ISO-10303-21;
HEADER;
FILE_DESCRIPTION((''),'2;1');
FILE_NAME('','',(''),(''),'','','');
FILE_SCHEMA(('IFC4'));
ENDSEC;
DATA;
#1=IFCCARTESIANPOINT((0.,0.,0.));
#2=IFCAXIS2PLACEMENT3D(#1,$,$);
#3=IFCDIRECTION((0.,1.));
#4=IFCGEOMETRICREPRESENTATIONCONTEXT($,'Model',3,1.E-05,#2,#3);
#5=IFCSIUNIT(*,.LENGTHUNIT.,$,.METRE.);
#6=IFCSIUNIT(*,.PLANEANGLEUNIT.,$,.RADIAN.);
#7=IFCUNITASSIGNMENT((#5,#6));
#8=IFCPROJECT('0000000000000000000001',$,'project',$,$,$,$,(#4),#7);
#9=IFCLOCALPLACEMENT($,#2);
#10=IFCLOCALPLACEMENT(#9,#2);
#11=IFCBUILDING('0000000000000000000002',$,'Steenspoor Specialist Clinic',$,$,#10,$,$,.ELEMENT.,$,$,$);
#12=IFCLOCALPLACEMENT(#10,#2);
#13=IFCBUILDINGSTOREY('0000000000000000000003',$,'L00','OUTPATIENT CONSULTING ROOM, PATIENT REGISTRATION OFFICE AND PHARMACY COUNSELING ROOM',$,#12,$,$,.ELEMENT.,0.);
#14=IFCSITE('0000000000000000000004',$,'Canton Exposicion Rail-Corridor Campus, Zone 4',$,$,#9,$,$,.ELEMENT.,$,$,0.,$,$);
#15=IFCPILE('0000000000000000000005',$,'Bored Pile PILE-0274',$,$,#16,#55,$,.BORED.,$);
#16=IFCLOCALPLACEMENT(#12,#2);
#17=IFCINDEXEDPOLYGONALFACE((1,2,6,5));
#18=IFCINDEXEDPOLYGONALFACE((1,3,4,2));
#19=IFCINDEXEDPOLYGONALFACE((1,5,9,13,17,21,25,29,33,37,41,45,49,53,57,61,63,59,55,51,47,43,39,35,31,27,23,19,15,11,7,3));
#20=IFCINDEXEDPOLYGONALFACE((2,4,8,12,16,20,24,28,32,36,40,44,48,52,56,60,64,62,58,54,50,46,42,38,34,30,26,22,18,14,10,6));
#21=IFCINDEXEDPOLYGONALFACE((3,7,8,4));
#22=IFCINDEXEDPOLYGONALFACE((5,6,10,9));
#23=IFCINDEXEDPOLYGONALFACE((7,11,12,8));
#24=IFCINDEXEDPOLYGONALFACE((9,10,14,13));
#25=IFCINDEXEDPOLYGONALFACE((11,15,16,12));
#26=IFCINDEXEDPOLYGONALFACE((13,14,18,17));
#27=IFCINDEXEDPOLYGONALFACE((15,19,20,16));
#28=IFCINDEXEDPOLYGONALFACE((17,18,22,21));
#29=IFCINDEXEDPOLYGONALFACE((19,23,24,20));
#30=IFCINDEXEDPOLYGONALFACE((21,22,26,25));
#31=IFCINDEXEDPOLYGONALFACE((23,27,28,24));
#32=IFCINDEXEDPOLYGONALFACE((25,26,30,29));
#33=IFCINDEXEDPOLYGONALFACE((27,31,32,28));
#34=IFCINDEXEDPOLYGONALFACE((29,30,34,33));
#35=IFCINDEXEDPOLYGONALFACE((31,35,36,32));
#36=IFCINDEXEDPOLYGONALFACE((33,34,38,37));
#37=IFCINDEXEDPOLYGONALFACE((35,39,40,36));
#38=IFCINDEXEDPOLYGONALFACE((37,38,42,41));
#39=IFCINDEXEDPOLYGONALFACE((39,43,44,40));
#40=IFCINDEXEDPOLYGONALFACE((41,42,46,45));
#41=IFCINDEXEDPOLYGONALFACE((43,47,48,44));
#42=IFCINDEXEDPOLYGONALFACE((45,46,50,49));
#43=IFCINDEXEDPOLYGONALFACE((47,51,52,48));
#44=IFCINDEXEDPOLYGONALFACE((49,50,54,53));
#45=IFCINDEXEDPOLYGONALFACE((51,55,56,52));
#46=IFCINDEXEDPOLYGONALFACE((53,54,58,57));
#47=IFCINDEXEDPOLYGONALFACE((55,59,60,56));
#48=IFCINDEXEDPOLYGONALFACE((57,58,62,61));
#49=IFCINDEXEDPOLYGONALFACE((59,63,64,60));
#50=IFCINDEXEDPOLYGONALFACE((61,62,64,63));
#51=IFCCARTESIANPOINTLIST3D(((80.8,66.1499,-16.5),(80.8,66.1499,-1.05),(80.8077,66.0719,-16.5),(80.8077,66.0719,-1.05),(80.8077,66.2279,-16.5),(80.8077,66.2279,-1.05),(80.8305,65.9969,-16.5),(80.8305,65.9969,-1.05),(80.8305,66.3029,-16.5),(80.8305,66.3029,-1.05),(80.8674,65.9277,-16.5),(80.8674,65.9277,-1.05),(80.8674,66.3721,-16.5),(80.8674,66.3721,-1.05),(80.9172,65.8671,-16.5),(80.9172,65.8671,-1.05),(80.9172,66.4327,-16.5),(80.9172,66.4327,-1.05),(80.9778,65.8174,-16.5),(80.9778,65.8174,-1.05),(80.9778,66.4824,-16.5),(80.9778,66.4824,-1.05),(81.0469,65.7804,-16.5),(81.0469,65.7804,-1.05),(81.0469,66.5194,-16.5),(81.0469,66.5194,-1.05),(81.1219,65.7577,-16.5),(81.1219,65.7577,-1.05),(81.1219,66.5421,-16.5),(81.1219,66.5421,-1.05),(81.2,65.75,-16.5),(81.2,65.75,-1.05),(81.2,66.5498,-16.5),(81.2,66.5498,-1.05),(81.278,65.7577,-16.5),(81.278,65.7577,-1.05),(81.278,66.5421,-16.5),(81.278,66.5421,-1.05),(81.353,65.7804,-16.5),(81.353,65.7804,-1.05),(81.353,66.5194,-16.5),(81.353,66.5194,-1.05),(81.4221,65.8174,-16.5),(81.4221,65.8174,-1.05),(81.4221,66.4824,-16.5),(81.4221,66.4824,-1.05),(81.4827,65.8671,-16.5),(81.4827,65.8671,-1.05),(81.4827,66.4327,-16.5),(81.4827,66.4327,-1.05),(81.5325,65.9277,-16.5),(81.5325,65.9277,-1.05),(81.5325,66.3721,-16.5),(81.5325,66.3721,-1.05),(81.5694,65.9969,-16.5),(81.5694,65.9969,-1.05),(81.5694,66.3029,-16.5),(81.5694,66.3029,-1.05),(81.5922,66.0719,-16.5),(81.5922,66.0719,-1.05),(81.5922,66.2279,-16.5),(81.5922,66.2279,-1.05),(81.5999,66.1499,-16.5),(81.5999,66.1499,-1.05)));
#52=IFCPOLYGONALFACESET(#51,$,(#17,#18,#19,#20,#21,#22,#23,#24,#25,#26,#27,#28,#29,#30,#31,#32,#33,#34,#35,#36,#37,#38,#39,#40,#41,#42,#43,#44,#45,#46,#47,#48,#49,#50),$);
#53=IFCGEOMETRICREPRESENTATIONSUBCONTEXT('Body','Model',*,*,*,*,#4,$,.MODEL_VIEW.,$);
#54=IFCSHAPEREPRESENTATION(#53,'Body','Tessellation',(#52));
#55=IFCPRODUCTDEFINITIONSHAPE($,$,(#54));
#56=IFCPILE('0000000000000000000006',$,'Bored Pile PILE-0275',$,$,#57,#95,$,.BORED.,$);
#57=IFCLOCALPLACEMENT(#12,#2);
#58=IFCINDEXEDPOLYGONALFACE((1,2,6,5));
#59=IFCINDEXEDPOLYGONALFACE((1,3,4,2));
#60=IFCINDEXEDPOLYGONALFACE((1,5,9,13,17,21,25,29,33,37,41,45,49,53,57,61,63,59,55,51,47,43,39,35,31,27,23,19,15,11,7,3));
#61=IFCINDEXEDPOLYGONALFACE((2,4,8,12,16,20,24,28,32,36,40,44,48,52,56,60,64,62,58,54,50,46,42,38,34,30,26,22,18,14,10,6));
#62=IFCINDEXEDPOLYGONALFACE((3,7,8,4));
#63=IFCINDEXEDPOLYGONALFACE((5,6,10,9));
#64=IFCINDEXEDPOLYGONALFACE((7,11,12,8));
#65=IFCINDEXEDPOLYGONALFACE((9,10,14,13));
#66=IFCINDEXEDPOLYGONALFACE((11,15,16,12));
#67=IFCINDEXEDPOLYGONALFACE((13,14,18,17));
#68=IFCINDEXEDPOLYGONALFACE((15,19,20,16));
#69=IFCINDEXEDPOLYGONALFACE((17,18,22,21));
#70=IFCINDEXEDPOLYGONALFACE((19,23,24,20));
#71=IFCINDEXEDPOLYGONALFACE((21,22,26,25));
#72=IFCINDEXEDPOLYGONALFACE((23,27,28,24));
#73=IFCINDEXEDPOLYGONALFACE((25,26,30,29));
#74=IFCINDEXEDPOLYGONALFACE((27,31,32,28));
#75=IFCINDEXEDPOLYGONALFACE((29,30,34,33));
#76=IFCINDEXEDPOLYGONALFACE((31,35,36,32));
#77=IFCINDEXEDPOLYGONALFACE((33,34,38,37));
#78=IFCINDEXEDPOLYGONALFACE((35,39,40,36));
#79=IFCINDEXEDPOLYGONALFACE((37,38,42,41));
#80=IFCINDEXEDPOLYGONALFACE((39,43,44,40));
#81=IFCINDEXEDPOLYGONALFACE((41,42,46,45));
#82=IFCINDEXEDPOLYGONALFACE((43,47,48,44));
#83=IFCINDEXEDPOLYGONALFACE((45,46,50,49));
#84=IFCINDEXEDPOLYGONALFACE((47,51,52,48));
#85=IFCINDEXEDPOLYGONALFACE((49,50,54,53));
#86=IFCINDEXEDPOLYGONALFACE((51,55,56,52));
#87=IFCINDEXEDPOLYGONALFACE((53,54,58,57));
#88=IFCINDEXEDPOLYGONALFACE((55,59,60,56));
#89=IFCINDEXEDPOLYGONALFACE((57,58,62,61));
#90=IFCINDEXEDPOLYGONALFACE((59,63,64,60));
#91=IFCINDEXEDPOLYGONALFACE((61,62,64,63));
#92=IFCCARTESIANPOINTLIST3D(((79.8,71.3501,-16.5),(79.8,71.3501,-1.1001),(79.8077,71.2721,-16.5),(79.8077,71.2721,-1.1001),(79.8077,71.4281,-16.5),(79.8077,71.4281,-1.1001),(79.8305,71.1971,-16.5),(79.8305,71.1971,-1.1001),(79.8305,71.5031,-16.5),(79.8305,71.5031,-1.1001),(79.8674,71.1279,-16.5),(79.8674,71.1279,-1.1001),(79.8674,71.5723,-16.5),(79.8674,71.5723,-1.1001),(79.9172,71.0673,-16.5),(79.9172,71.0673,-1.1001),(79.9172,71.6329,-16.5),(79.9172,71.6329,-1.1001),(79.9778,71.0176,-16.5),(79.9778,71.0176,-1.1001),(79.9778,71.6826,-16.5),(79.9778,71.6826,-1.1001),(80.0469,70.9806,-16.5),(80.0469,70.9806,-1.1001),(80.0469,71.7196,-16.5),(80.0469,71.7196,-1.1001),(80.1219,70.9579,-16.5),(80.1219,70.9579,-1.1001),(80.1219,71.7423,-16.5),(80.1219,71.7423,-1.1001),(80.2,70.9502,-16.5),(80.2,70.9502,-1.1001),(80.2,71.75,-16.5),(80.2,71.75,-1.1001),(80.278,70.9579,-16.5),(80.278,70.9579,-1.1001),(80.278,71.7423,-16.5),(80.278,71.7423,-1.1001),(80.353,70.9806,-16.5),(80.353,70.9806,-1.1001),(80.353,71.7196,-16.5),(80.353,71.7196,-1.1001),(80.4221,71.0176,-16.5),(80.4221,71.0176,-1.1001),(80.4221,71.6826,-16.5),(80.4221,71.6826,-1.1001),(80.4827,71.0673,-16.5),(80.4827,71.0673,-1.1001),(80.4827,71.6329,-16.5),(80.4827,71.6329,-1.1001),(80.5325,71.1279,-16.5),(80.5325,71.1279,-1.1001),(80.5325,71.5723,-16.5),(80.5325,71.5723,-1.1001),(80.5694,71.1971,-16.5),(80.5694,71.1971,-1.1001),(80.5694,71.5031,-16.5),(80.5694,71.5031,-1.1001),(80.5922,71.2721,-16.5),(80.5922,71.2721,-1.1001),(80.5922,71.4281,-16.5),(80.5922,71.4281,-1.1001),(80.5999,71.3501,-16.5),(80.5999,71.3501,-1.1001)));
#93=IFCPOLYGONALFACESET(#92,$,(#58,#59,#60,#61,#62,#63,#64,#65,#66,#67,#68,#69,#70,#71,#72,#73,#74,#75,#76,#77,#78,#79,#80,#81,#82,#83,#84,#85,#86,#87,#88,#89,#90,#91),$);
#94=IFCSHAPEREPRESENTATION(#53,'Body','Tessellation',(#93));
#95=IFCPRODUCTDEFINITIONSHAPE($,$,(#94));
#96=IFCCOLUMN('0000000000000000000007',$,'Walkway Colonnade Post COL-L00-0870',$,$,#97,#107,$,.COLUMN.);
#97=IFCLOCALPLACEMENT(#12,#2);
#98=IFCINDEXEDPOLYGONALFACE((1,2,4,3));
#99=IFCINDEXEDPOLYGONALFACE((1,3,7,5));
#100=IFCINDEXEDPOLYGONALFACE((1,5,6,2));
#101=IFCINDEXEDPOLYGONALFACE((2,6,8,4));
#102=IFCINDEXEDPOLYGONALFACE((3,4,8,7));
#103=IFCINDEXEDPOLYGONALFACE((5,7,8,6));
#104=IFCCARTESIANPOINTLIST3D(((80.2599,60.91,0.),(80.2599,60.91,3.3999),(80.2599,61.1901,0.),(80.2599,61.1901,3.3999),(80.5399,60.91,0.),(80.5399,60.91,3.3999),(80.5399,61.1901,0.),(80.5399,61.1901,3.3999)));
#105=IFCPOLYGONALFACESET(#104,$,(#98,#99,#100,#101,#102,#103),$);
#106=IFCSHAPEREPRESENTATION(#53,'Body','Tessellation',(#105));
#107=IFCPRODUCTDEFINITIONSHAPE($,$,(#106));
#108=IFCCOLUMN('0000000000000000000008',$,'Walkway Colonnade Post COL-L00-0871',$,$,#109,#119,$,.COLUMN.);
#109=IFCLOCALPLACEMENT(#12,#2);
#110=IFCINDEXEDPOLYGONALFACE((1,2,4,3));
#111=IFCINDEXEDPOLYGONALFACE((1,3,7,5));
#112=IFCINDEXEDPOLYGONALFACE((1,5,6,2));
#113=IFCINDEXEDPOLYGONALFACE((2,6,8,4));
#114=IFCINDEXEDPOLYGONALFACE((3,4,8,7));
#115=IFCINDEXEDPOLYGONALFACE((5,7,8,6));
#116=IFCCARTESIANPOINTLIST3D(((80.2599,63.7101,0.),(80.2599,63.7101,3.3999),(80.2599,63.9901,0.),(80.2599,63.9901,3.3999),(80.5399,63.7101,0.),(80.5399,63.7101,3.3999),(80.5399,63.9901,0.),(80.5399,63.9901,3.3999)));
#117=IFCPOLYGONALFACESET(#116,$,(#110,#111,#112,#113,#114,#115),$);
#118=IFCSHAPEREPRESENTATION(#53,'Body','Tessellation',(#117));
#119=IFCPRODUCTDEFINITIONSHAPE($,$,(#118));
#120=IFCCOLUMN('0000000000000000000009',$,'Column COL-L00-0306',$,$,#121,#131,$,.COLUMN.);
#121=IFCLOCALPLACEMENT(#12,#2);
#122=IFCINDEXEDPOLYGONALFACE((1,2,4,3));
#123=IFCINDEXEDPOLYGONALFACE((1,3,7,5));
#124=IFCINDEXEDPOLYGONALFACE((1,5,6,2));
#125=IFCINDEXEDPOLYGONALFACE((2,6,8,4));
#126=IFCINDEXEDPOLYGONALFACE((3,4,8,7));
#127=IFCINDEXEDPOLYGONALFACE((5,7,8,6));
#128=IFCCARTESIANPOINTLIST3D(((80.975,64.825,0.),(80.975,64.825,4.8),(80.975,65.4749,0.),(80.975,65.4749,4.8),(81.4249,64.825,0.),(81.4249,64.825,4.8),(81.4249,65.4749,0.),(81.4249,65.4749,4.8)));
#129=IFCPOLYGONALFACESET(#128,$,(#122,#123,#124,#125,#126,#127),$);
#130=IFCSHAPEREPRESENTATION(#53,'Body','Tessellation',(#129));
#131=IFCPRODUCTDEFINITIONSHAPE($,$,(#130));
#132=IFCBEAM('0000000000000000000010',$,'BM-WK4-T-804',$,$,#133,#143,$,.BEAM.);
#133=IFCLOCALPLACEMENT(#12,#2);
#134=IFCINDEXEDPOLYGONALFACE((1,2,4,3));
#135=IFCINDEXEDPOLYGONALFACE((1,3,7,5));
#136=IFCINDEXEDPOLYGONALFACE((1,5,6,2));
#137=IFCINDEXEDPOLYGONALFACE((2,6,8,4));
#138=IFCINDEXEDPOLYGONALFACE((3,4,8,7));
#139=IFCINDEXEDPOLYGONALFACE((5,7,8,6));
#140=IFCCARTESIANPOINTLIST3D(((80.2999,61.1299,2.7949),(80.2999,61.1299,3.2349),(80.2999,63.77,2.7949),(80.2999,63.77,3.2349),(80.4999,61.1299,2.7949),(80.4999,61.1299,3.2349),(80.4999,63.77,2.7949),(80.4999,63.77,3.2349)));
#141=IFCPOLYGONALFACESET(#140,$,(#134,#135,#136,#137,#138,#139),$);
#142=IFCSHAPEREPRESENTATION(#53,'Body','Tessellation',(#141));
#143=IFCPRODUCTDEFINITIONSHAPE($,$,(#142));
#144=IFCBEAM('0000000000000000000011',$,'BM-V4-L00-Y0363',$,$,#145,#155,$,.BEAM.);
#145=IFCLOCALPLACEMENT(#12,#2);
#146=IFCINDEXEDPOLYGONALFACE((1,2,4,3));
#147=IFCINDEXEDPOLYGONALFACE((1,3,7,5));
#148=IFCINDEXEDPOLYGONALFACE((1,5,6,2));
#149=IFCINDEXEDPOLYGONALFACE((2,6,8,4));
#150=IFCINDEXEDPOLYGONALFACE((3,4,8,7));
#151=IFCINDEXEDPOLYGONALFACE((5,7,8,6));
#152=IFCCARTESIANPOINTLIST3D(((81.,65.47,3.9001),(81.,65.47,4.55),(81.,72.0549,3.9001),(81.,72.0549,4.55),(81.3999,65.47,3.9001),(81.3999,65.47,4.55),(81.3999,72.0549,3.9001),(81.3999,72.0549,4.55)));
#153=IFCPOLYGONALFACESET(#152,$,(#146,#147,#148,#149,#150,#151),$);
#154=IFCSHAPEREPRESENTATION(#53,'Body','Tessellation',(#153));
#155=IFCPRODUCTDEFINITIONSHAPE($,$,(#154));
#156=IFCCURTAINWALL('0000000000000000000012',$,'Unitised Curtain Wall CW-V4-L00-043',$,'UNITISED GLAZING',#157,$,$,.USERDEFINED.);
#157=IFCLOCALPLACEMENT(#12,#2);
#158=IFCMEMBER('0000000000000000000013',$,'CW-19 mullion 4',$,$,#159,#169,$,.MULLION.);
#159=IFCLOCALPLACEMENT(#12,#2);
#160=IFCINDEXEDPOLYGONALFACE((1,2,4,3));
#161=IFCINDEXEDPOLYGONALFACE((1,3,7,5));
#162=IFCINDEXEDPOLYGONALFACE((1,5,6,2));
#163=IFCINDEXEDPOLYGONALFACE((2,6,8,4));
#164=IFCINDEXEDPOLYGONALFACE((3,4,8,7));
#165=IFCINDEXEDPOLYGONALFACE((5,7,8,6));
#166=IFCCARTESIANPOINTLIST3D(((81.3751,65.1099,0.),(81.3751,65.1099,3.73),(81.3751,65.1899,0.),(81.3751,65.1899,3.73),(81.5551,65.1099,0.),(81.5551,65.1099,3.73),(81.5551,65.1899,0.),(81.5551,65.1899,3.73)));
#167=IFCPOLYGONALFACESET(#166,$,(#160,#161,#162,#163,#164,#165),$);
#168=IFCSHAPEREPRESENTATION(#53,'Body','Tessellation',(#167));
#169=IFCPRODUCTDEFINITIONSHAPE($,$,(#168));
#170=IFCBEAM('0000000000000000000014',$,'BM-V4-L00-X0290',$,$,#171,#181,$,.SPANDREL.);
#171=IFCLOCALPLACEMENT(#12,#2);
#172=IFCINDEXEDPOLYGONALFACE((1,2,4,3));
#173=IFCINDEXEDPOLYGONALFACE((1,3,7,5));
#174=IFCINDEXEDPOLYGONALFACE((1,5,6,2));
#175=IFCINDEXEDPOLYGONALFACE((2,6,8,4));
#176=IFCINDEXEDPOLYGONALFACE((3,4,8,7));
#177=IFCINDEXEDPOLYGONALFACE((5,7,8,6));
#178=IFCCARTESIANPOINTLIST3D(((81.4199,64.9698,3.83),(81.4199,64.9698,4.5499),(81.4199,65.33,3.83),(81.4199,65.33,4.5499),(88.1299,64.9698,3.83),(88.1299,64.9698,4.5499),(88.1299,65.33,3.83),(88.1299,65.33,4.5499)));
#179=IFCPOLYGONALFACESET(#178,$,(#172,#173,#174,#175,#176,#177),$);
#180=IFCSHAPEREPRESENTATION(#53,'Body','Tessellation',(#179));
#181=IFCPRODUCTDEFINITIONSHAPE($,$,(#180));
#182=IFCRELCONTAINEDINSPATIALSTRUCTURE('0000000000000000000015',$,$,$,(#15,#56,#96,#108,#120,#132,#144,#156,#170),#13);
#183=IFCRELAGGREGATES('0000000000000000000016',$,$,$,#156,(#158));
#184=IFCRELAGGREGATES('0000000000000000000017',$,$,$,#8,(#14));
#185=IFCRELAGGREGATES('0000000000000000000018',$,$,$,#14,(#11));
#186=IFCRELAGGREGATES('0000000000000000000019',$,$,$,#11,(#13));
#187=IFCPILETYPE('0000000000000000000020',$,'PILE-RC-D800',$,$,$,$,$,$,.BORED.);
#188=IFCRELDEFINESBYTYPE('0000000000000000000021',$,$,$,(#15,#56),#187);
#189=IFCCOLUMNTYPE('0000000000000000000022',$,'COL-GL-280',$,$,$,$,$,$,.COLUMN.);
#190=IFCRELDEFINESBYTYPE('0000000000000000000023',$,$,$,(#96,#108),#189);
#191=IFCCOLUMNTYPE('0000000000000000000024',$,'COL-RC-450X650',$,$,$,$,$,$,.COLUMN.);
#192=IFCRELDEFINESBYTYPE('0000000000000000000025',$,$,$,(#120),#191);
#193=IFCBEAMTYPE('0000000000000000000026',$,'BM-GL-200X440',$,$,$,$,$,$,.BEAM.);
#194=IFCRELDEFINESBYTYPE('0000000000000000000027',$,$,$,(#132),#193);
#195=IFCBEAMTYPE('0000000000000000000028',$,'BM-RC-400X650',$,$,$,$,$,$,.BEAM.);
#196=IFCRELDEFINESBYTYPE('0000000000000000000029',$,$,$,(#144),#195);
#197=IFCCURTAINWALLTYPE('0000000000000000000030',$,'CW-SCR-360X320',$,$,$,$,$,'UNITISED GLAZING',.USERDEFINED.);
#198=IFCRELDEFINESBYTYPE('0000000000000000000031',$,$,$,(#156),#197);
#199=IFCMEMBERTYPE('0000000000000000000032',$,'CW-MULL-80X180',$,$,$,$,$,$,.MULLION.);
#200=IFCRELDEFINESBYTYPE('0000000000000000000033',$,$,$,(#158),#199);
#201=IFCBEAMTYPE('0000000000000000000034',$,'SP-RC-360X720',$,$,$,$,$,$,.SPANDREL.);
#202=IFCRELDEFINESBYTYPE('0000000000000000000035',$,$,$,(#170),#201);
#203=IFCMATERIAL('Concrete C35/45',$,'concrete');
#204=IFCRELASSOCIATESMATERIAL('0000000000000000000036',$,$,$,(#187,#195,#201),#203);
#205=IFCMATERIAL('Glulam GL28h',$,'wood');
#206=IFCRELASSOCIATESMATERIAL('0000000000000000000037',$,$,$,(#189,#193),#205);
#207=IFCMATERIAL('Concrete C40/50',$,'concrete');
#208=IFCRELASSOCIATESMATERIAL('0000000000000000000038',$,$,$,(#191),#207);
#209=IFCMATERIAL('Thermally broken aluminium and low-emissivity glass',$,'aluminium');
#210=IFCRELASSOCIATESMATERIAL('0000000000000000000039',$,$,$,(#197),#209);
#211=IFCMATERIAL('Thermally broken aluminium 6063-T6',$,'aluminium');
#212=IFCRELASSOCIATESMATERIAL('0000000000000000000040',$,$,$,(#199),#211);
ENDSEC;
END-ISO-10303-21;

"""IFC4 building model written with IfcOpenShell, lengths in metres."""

from ifc_helpers import new_model, si_unit, direction, frame, origin, origin_2d, place, context, subcontext, project, spatial, rectangle, circle, extrude, material, material_profile, profile_set, type_object, element, aggregate, save


model = new_model("IFC4")

# Units and contexts
model_context = context("Model", 3, precision=1e-05, world=origin(), true_north=direction((0.0, 1.0)))
body_context = subcontext(model_context, "Body", "Model", "MODEL_VIEW")
ifc_project = project(units=[si_unit("LENGTHUNIT", "METRE"), si_unit("PLANEANGLEUNIT", "RADIAN")], contexts=[model_context])

# Site, building, storey
site_placement = place(None, origin())
site = spatial("IfcSite", under=ifc_project, at=site_placement, Name="Canton Exposicion Rail-Corridor Campus, Zone 4", CompositionType="ELEMENT", RefElevation=0.0)
building_placement = place(site_placement, origin())
building = spatial("IfcBuilding", under=site, at=building_placement, Name="Steenspoor Specialist Clinic", CompositionType="ELEMENT")
storey_placement = place(building_placement, origin())
storey = spatial("IfcBuildingStorey", under=building, at=storey_placement, Name="L00", Description="OUTPATIENT CONSULTING ROOM, PATIENT REGISTRATION OFFICE AND PHARMACY COUNSELING ROOM", CompositionType="ELEMENT", Elevation=0.0)

# Shared definitions
ifc_material_1 = material(Name="Concrete C35/45", Category="concrete")

# Piles
ifc_material_profile_1 = material_profile(ifc_material_1, circle(Radius=0.3999, at=origin_2d()), Name="PILE-D800")
ifc_profile_set_1 = profile_set([ifc_material_profile_1], Name="Concrete C35/45")
pile_type_1 = type_object("IfcPileType", Name="PILE-RC-D800", PredefinedType="BORED", material=ifc_profile_set_1)
for number, where, z_axis, x_axis, name in (
    (1, (81.2, 66.1499, -1.05), (0.0, 0.0, -1.0), (1.0, 0.0, 0.0), "Bored Pile PILE-0274"),
):
    element("IfcPile", number, at=place(storey_placement, frame(where, z_axis=z_axis, x_axis=x_axis)), inside=storey, type_object=pile_type_1, Name=name, PredefinedType="BORED", context=body_context, shape_type="SweptSolid", body=[
        extrude(circle(Radius=0.3999, at=origin_2d()), origin(), (0.0, 0.0, 1.0), 15.45),
    ])
pile_1_placement = place(storey_placement, frame((80.2, 71.3501, -1.1001), z_axis=(0.0, 0.0, -1.0), x_axis=(1.0, 0.0, 0.0)))
element("IfcPile", 2, at=pile_1_placement, inside=storey, type_object=pile_type_1, Name="Bored Pile PILE-0275", PredefinedType="BORED", context=body_context, shape_type="SweptSolid", body=[
    extrude(circle(Radius=0.3999, at=origin_2d()), origin(), (0.0, 0.0, 1.0), 15.3999),
])

# Columns
ifc_material_2 = material(Name="Glulam GL28h", Category="wood")
ifc_material_profile_2 = material_profile(ifc_material_2, rectangle(XDim=0.28, YDim=0.28, at=origin_2d()), Name="GL28H-280X280")
ifc_profile_set_2 = profile_set([ifc_material_profile_2], Name="Glulam GL28h")
column_type_1 = type_object("IfcColumnType", Name="COL-GL-280", PredefinedType="COLUMN", material=ifc_profile_set_2)
for number, where, z_axis, x_axis, name in (
    (3, (80.3999, 61.05, 0.0), (0.0, 0.0, 1.0), (1.0, 0.0, 0.0), "Walkway Colonnade Post COL-L00-0870"),
    (4, (80.3999, 63.8501, 0.0), (0.0, 0.0, 1.0), (1.0, 0.0, 0.0), "Walkway Colonnade Post COL-L00-0871"),
):
    element("IfcColumn", number, at=place(storey_placement, frame(where, z_axis=z_axis, x_axis=x_axis)), inside=storey, type_object=column_type_1, Name=name, PredefinedType="COLUMN", context=body_context, shape_type="SweptSolid", body=[
        extrude(rectangle(XDim=0.28, YDim=0.28, at=origin_2d()), origin(), (0.0, 0.0, 1.0), 3.3999),
    ])
ifc_material_3 = material(Name="Concrete C40/50", Category="concrete")
ifc_material_profile_3 = material_profile(ifc_material_3, rectangle(XDim=0.45, YDim=0.6499, at=origin_2d()), Name="RC-COL-450X650")
ifc_profile_set_3 = profile_set([ifc_material_profile_3], Name="Concrete C40/50")
column_type_2 = type_object("IfcColumnType", Name="COL-RC-450X650", PredefinedType="COLUMN", material=ifc_profile_set_3)
column_placement = place(storey_placement, frame((81.2, 65.1499, 0.0), z_axis=(0.0, 0.0, 1.0), x_axis=(1.0, 0.0, 0.0)))
element("IfcColumn", 5, at=column_placement, inside=storey, type_object=column_type_2, Name="Column COL-L00-0306", PredefinedType="COLUMN", context=body_context, shape_type="SweptSolid", body=[
    extrude(rectangle(XDim=0.45, YDim=0.6499, at=origin_2d()), origin(), (0.0, 0.0, 1.0), 4.8),
])

# Beams
ifc_material_profile_4 = material_profile(ifc_material_2, rectangle(XDim=0.2, YDim=0.4399, at=origin_2d()), Name="GL28H-200X440")
ifc_profile_set_4 = profile_set([ifc_material_profile_4], Name="Glulam GL28h")
beam_type_1 = type_object("IfcBeamType", Name="BM-GL-200X440", PredefinedType="BEAM", material=ifc_profile_set_4)
beam_1_placement = place(storey_placement, frame((80.3999, 61.1299, 3.0149), z_axis=(0.0, 1.0, 0.0), x_axis=(-1.0, 0.0, 0.0)))
element("IfcBeam", 6, at=beam_1_placement, inside=storey, type_object=beam_type_1, Name="BM-WK4-T-804", PredefinedType="BEAM", context=body_context, shape_type="SweptSolid", body=[
    extrude(rectangle(XDim=0.2, YDim=0.4399, at=origin_2d()), origin(), (0.0, 0.0, 1.0), 2.6401),
])
ifc_material_profile_5 = material_profile(ifc_material_1, rectangle(XDim=0.3999, YDim=0.6499, at=origin_2d()), Name="RC-BM-400X650")
ifc_profile_set_5 = profile_set([ifc_material_profile_5], Name="Concrete C35/45")
beam_type_2 = type_object("IfcBeamType", Name="BM-RC-400X650", PredefinedType="BEAM", material=ifc_profile_set_5)
beam_2_placement = place(storey_placement, frame((81.2, 65.47, 4.2251), z_axis=(0.0, 1.0, 0.0), x_axis=(-1.0, 0.0, 0.0)))
element("IfcBeam", 7, at=beam_2_placement, inside=storey, type_object=beam_type_2, Name="BM-V4-L00-Y0363", PredefinedType="BEAM", context=body_context, shape_type="SweptSolid", body=[
    extrude(rectangle(XDim=0.3999, YDim=0.6499, at=origin_2d()), origin(), (0.0, 0.0, 1.0), 6.585),
])

# Curtain wall, member
ifc_material_4 = material(Name="Thermally broken aluminium and low-emissivity glass", Category="aluminium")
curtain_wall_type = type_object("IfcCurtainWallType", Name="CW-SCR-360X320", ElementType="UNITISED GLAZING", PredefinedType="USERDEFINED", material=ifc_material_4)
curtain_wall_placement = place(storey_placement, origin())
curtain_wall = element("IfcCurtainWall", 8, at=curtain_wall_placement, inside=storey, type_object=curtain_wall_type, Name="Unitised Curtain Wall CW-V4-L00-043", ObjectType="UNITISED GLAZING", PredefinedType="USERDEFINED")
ifc_material_5 = material(Name="Thermally broken aluminium 6063-T6", Category="aluminium")
ifc_material_profile_6 = material_profile(ifc_material_5, rectangle(XDim=0.0801, YDim=0.1799, at=origin_2d()), Name="CWM-80X180")
ifc_profile_set_6 = profile_set([ifc_material_profile_6], Name="Thermally broken aluminium 6063-T6")
member_type = type_object("IfcMemberType", Name="CW-MULL-80X180", PredefinedType="MULLION", material=ifc_profile_set_6)
member_placement = place(storey_placement, frame((81.4651, 65.1499, 0.0), z_axis=(0.0, 0.0, 1.0), x_axis=(0.0, -1.0, 0.0)))
member = element("IfcMember", 9, at=member_placement, type_object=member_type, Name="CW-19 mullion 4", PredefinedType="MULLION", context=body_context, shape_type="SweptSolid", body=[
    extrude(rectangle(XDim=0.0801, YDim=0.1799, at=origin_2d()), origin(), (0.0, 0.0, 1.0), 3.73),
])
aggregate(curtain_wall, [member])

# Beam
ifc_material_profile_7 = material_profile(ifc_material_1, rectangle(XDim=0.3601, YDim=0.72, at=origin_2d()), Name="RC-SP-360X720")
ifc_profile_set_7 = profile_set([ifc_material_profile_7], Name="Concrete C35/45")
beam_type_3 = type_object("IfcBeamType", Name="SP-RC-360X720", PredefinedType="SPANDREL", material=ifc_profile_set_7)
beam_3_placement = place(storey_placement, frame((81.4199, 65.1499, 4.1899), z_axis=(1.0, 0.0, 0.0), x_axis=(0.0, 1.0, 0.0)))
element("IfcBeam", 10, at=beam_3_placement, inside=storey, type_object=beam_type_3, Name="BM-V4-L00-X0290", PredefinedType="SPANDREL", context=body_context, shape_type="SweptSolid", body=[
    extrude(rectangle(XDim=0.3601, YDim=0.72, at=origin_2d()), origin(), (0.0, 0.0, 1.0), 6.71),
])

save(model, "model.ifc")
